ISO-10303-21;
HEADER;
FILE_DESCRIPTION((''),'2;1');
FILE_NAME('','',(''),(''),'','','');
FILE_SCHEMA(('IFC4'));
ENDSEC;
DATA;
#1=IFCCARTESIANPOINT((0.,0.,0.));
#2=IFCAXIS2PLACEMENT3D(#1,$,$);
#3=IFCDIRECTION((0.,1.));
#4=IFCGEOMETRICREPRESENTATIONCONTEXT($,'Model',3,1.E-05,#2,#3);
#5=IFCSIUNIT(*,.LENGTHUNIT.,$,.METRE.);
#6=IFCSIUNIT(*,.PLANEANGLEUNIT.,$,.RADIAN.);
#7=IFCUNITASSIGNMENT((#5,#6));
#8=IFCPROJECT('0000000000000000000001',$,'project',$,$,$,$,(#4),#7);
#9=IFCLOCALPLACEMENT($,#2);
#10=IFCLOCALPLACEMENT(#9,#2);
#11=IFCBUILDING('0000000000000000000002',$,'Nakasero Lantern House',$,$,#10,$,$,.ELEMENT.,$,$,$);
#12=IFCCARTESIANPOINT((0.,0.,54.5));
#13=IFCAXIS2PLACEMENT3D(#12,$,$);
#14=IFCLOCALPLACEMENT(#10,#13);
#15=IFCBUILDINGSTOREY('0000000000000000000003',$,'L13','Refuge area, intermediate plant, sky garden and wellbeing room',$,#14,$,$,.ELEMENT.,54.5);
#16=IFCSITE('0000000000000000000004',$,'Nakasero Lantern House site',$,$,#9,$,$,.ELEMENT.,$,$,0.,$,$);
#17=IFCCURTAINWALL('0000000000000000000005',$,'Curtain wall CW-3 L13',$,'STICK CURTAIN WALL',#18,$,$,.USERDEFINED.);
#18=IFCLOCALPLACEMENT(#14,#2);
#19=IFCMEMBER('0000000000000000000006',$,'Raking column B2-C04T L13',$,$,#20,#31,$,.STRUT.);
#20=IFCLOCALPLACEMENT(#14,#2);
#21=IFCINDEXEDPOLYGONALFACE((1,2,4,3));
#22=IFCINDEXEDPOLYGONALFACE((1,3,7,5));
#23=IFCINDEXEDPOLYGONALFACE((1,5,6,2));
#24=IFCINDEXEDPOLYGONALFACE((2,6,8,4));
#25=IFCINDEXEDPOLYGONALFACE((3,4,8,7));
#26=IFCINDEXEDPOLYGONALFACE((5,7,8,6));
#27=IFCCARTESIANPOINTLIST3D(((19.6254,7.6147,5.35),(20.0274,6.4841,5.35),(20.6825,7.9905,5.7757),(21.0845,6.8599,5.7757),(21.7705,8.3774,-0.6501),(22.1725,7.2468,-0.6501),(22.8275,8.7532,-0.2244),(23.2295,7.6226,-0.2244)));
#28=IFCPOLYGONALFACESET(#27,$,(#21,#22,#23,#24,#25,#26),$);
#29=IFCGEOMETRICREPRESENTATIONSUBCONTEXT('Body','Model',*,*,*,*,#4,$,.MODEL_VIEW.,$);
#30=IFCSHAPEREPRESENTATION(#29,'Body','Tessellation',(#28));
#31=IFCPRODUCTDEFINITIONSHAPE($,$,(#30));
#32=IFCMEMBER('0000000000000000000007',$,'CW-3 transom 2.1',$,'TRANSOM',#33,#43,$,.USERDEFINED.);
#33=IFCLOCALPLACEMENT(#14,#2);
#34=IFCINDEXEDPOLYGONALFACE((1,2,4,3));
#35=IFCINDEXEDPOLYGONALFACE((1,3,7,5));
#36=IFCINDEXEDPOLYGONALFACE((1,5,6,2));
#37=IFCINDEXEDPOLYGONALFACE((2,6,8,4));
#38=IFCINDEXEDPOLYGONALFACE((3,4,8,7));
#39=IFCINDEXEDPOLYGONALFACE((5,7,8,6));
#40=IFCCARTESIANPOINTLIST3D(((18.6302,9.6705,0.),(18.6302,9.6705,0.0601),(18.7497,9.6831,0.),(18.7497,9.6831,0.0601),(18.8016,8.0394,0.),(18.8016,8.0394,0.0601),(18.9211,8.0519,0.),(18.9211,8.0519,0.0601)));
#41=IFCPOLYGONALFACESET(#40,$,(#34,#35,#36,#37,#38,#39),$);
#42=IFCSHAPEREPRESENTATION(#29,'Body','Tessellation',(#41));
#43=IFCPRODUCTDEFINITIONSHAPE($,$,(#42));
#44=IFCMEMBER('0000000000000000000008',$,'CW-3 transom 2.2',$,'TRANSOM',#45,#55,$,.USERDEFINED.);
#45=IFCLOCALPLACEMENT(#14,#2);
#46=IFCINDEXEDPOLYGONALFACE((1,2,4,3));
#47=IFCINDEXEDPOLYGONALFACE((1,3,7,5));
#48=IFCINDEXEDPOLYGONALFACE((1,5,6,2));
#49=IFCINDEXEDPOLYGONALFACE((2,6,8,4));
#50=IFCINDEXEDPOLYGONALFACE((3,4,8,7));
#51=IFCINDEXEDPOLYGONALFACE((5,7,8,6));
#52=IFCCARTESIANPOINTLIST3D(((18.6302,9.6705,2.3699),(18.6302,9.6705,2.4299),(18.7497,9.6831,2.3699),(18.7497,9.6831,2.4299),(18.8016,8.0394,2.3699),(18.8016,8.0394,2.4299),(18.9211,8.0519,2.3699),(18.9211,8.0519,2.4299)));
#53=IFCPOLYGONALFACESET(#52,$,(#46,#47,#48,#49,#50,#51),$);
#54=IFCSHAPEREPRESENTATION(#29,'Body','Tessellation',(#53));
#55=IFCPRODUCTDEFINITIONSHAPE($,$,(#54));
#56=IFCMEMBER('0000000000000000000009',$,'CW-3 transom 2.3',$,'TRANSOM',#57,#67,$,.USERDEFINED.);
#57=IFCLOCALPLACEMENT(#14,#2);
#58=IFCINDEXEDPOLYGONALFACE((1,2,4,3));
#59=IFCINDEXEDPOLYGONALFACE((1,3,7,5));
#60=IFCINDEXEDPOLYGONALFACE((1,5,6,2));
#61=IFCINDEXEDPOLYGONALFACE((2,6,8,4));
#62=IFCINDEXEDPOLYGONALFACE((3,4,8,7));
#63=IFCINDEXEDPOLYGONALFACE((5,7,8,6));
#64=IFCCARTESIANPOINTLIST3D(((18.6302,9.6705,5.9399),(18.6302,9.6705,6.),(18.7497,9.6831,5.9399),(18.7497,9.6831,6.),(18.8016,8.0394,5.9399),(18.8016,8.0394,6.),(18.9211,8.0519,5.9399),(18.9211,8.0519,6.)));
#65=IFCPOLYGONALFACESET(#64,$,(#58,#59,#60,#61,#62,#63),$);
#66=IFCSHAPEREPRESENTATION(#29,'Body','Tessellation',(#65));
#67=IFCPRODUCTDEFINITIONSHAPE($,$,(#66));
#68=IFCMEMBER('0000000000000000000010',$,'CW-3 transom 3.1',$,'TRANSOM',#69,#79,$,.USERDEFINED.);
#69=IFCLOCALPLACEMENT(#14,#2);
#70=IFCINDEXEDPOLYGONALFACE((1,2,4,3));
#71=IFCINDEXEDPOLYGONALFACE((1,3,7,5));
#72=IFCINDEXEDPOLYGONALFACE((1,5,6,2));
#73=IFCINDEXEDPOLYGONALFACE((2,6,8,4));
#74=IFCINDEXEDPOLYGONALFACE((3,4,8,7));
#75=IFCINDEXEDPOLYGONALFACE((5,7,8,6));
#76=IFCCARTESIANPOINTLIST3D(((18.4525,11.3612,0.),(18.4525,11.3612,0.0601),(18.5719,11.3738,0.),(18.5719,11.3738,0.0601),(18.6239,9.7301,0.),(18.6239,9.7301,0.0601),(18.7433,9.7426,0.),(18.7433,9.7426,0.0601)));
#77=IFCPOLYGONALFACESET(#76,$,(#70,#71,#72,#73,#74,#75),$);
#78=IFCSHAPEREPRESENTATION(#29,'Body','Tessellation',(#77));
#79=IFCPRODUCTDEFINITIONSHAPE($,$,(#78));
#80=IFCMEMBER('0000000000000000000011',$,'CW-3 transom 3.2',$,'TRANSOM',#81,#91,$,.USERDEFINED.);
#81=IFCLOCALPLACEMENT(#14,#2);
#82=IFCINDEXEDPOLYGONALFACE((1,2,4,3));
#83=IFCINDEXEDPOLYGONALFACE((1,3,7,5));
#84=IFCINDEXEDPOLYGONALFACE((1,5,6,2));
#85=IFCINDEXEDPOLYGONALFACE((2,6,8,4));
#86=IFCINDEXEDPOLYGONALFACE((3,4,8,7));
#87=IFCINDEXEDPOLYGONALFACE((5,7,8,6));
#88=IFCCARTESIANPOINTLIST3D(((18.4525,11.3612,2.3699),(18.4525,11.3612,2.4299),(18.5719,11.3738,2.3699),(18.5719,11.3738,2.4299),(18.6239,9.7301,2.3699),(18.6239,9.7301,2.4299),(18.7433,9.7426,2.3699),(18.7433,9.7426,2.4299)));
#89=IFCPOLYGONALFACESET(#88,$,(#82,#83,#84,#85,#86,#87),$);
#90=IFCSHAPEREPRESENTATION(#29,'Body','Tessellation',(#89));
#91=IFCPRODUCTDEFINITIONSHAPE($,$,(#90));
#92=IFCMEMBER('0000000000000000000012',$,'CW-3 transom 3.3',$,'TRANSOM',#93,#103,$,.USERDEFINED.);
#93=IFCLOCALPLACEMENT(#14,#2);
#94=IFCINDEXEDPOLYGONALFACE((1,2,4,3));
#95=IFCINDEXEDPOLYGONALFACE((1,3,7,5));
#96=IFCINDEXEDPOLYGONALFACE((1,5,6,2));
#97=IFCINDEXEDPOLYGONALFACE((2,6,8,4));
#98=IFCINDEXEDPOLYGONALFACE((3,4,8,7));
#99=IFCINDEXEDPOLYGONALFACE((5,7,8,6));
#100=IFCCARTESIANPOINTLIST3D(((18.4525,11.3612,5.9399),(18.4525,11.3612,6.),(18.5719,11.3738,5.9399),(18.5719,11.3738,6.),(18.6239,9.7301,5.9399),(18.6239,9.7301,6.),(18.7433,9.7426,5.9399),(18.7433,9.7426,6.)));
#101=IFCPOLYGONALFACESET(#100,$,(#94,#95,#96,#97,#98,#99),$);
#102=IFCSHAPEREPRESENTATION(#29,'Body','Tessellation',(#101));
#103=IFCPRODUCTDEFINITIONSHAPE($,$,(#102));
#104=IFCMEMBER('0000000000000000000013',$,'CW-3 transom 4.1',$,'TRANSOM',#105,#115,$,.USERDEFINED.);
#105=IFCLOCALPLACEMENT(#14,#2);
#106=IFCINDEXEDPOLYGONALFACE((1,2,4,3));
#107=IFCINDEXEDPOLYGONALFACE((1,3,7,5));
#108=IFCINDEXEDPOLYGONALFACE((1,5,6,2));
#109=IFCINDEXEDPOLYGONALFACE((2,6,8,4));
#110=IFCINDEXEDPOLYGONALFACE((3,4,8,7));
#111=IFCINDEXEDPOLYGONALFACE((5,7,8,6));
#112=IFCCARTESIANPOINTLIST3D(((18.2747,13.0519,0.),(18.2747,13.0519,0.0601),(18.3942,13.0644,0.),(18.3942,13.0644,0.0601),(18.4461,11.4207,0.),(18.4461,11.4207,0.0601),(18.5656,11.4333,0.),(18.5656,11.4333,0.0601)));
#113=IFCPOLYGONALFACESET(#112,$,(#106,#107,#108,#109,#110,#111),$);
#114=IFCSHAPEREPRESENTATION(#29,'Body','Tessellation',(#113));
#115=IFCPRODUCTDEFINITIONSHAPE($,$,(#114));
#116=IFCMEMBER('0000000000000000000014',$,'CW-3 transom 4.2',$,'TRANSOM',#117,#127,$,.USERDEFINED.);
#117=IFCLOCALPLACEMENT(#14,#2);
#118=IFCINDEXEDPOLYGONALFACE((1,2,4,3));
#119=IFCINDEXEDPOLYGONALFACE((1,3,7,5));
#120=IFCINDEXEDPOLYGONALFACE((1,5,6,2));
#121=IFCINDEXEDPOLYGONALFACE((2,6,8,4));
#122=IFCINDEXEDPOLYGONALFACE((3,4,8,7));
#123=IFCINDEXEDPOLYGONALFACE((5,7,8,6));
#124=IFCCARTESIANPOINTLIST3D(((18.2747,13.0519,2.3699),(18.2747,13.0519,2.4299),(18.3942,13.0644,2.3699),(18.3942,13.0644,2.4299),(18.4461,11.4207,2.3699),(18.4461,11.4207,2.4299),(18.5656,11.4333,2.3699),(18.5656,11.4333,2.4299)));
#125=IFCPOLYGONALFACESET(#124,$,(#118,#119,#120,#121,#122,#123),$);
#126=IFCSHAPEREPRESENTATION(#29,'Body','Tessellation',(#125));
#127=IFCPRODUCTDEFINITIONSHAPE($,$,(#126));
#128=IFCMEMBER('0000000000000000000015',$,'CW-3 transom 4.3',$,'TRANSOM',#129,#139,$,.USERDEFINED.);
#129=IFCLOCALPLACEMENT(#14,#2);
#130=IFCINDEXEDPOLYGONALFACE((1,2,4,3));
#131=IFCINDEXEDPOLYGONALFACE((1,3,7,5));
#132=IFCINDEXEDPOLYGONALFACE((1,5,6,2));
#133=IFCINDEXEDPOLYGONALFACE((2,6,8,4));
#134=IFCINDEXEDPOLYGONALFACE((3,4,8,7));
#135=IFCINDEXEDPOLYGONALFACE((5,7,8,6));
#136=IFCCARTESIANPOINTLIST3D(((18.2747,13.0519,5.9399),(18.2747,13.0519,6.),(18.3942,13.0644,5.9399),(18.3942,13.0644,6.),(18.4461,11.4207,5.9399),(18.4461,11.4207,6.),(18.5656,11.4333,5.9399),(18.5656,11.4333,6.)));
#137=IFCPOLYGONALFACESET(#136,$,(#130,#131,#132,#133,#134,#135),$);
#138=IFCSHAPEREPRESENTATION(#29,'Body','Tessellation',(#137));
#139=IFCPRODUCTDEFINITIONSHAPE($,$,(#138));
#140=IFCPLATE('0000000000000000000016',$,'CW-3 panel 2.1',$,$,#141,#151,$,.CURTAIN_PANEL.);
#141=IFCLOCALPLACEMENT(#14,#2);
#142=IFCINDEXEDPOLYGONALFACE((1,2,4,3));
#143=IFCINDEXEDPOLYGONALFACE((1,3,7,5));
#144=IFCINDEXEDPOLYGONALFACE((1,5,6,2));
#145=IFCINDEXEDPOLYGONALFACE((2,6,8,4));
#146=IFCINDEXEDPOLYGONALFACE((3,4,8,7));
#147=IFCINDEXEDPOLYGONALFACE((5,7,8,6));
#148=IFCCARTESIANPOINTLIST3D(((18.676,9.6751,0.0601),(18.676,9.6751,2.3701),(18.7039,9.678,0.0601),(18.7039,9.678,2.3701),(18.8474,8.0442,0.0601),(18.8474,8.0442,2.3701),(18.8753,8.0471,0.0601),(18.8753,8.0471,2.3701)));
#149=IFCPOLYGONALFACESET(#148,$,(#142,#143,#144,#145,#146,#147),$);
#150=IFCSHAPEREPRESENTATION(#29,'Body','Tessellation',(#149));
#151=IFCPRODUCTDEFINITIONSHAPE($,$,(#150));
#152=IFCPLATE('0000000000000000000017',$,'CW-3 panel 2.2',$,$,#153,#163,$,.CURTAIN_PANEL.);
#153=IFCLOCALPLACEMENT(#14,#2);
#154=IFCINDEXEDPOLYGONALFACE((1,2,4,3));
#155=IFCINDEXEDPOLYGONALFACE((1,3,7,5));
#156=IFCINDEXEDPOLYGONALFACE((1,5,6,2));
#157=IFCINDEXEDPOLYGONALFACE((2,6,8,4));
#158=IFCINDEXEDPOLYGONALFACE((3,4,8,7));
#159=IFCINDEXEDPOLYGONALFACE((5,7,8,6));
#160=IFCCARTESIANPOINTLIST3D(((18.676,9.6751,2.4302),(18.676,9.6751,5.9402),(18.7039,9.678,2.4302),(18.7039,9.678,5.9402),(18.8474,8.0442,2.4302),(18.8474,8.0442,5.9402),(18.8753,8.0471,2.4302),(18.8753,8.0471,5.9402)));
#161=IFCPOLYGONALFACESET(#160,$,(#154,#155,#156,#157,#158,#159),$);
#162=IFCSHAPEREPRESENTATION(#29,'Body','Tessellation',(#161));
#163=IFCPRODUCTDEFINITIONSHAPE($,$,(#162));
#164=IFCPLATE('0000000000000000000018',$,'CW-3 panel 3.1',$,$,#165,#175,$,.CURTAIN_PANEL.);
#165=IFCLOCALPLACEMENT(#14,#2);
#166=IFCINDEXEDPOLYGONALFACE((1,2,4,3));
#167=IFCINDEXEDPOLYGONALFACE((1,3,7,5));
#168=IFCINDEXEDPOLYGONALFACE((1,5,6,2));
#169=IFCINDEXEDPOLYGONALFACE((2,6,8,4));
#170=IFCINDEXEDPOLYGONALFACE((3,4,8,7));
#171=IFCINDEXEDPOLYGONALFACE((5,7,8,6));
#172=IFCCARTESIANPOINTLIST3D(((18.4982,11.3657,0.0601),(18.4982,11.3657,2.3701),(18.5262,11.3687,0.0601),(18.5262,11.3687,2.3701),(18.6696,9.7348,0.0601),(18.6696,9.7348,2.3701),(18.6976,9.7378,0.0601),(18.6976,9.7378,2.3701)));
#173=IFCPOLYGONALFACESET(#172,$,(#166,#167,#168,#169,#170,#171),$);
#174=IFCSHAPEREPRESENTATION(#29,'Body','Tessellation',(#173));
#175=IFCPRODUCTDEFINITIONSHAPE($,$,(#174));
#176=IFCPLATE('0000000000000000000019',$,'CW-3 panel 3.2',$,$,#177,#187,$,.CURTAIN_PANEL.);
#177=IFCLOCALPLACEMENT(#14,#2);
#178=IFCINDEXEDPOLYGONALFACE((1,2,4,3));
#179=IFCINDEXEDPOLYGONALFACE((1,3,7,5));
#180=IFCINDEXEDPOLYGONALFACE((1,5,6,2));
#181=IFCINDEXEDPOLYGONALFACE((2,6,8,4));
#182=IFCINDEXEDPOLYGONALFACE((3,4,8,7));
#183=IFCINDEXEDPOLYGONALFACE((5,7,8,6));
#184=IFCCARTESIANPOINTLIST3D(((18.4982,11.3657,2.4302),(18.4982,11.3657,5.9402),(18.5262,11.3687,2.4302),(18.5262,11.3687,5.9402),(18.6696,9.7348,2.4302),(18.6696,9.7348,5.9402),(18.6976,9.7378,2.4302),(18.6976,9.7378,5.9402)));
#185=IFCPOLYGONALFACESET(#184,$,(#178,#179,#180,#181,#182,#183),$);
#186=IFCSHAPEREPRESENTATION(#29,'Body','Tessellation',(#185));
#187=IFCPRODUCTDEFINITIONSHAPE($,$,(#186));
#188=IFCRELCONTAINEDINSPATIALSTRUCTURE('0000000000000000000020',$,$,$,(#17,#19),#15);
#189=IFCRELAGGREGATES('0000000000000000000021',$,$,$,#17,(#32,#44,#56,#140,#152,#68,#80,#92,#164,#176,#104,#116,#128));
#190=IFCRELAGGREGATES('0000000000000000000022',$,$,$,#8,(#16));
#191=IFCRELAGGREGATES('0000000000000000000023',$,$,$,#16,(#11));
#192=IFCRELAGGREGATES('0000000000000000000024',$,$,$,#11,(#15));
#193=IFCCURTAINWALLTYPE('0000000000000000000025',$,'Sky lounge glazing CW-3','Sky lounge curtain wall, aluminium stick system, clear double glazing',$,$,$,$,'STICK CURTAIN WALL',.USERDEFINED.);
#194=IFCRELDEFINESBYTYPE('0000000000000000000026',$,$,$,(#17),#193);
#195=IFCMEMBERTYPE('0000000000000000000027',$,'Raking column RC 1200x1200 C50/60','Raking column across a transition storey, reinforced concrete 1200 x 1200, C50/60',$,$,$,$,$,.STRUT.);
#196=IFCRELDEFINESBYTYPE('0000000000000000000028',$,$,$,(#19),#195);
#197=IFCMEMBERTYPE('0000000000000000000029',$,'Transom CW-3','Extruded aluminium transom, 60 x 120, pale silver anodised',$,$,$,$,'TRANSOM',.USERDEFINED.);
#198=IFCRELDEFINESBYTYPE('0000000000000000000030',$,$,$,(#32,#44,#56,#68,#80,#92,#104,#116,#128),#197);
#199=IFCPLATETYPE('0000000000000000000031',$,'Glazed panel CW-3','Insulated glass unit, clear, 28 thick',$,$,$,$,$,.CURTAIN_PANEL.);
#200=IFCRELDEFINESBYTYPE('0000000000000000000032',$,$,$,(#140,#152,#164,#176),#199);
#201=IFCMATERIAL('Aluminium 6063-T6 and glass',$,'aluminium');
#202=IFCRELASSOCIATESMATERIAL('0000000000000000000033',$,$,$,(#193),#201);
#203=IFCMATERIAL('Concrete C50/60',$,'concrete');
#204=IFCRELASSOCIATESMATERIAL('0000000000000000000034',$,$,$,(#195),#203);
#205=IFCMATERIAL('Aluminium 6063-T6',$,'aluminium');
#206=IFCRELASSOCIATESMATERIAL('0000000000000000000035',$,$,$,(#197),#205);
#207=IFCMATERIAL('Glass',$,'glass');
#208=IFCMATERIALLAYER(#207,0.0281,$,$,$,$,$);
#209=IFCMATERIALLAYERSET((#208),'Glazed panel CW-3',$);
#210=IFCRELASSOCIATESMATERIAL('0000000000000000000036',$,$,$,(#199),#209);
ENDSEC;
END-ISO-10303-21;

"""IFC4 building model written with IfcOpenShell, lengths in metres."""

from ifc_helpers import new_model, si_unit, direction, frame, origin, origin_2d, place, context, subcontext, project, spatial, rectangle, extrude, material, layer, layer_set, material_profile, profile_set, type_object, element, aggregate, save


model = new_model("IFC4")

# Units and contexts
model_context = context("Model", 3, precision=1e-05, world=origin(), true_north=direction((0.0, 1.0)))
body_context = subcontext(model_context, "Body", "Model", "MODEL_VIEW")
ifc_project = project(units=[si_unit("LENGTHUNIT", "METRE"), si_unit("PLANEANGLEUNIT", "RADIAN")], contexts=[model_context])

# Site, building, storey
site_placement = place(None, origin())
site = spatial("IfcSite", under=ifc_project, at=site_placement, Name="Nakasero Lantern House site", CompositionType="ELEMENT", RefElevation=0.0)
building_placement = place(site_placement, origin())
building = spatial("IfcBuilding", under=site, at=building_placement, Name="Nakasero Lantern House", CompositionType="ELEMENT")
storey_placement = place(building_placement, frame((0.0, 0.0, 54.5)))
storey = spatial("IfcBuildingStorey", under=building, at=storey_placement, Name="L13", Description="Refuge area, intermediate plant, sky garden and wellbeing room", CompositionType="ELEMENT", Elevation=54.5)

# Curtain wall
ifc_material_1 = material(Name="Aluminium 6063-T6 and glass", Category="aluminium")
curtain_wall_type = type_object("IfcCurtainWallType", Name="Sky lounge glazing CW-3", Description="Sky lounge curtain wall, aluminium stick system, clear double glazing", ElementType="STICK CURTAIN WALL", PredefinedType="USERDEFINED", material=ifc_material_1)
curtain_wall_placement = place(storey_placement, origin())
curtain_wall = element("IfcCurtainWall", 1, at=curtain_wall_placement, inside=storey, type_object=curtain_wall_type, Name="Curtain wall CW-3 L13", ObjectType="STICK CURTAIN WALL", PredefinedType="USERDEFINED")

# Members
ifc_material_2 = material(Name="Concrete C50/60", Category="concrete")
ifc_material_profile_1 = material_profile(ifc_material_2, rectangle(XDim=1.2, YDim=1.2, at=origin_2d()), Name="RC 1200x1200")
ifc_profile_set_1 = profile_set([ifc_material_profile_1], Name="Concrete C50/60")
member_type_1 = type_object("IfcMemberType", Name="Raking column RC 1200x1200 C50/60", Description="Raking column across a transition storey, reinforced concrete 1200 x 1200, C50/60", PredefinedType="STRUT", material=ifc_profile_set_1)
member_1_placement = place(storey_placement, frame((22.5, 8.0, -0.4373), z_axis=(-0.334251, -0.118848, 0.93496), x_axis=(0.335018, -0.942212, 0.0)))
element("IfcMember", 2, at=member_1_placement, inside=storey, type_object=member_type_1, Name="Raking column B2-C04T L13", PredefinedType="STRUT", context=body_context, shape_type="SweptSolid", body=[
    extrude(rectangle(XDim=1.2, YDim=1.2, at=origin_2d()), origin(), (0.0, 0.0, 1.0), 6.4175),
])
ifc_material_3 = material(Name="Aluminium 6063-T6", Category="aluminium")
ifc_material_profile_2 = material_profile(ifc_material_3, rectangle(XDim=0.0601, YDim=0.1201, at=origin_2d()), Name="CW-3 transom 60x120")
ifc_profile_set_2 = profile_set([ifc_material_profile_2], Name="Aluminium 6063-T6")
member_type_2 = type_object("IfcMemberType", Name="Transom CW-3", Description="Extruded aluminium transom, 60 x 120, pale silver anodised", ElementType="TRANSOM", PredefinedType="USERDEFINED", material=ifc_profile_set_2)
member_2_placement = place(storey_placement, frame((18.8613, 8.0457, 0.03), z_axis=(-0.104499, 0.994525, 0.0), x_axis=(0.0, 0.0, 1.0)))
member_2 = element("IfcMember", 3, at=member_2_placement, type_object=member_type_2, Name="CW-3 transom 2.1", ObjectType="TRANSOM", PredefinedType="USERDEFINED", context=body_context, shape_type="SweptSolid", body=[
    extrude(rectangle(XDim=0.0601, YDim=0.1201, at=origin_2d()), origin(), (0.0, 0.0, 1.0), 1.6401),
])
member_3_placement = place(storey_placement, frame((18.8613, 8.0457, 2.3999), z_axis=(-0.104499, 0.994525, 0.0), x_axis=(0.0, 0.0, 1.0)))
member_3 = element("IfcMember", 4, at=member_3_placement, type_object=member_type_2, Name="CW-3 transom 2.2", ObjectType="TRANSOM", PredefinedType="USERDEFINED", context=body_context, shape_type="SweptSolid", body=[
    extrude(rectangle(XDim=0.0601, YDim=0.1201, at=origin_2d()), origin(), (0.0, 0.0, 1.0), 1.6401),
])
member_4_placement = place(storey_placement, frame((18.8613, 8.0457, 5.97), z_axis=(-0.104499, 0.994525, 0.0), x_axis=(0.0, 0.0, 1.0)))
member_4 = element("IfcMember", 5, at=member_4_placement, type_object=member_type_2, Name="CW-3 transom 2.3", ObjectType="TRANSOM", PredefinedType="USERDEFINED", context=body_context, shape_type="SweptSolid", body=[
    extrude(rectangle(XDim=0.0601, YDim=0.1201, at=origin_2d()), origin(), (0.0, 0.0, 1.0), 1.6401),
])
member_5_placement = place(storey_placement, frame((18.6836, 9.7363, 0.03), z_axis=(-0.104499, 0.994525, 0.0), x_axis=(0.0, 0.0, 1.0)))
member_5 = element("IfcMember", 6, at=member_5_placement, type_object=member_type_2, Name="CW-3 transom 3.1", ObjectType="TRANSOM", PredefinedType="USERDEFINED", context=body_context, shape_type="SweptSolid", body=[
    extrude(rectangle(XDim=0.0601, YDim=0.1201, at=origin_2d()), origin(), (0.0, 0.0, 1.0), 1.6401),
])
member_6_placement = place(storey_placement, frame((18.6836, 9.7363, 2.3999), z_axis=(-0.104499, 0.994525, 0.0), x_axis=(0.0, 0.0, 1.0)))
member_6 = element("IfcMember", 7, at=member_6_placement, type_object=member_type_2, Name="CW-3 transom 3.2", ObjectType="TRANSOM", PredefinedType="USERDEFINED", context=body_context, shape_type="SweptSolid", body=[
    extrude(rectangle(XDim=0.0601, YDim=0.1201, at=origin_2d()), origin(), (0.0, 0.0, 1.0), 1.6401),
])
member_7_placement = place(storey_placement, frame((18.6836, 9.7363, 5.97), z_axis=(-0.104499, 0.994525, 0.0), x_axis=(0.0, 0.0, 1.0)))
member_7 = element("IfcMember", 8, at=member_7_placement, type_object=member_type_2, Name="CW-3 transom 3.3", ObjectType="TRANSOM", PredefinedType="USERDEFINED", context=body_context, shape_type="SweptSolid", body=[
    extrude(rectangle(XDim=0.0601, YDim=0.1201, at=origin_2d()), origin(), (0.0, 0.0, 1.0), 1.6401),
])
member_8_placement = place(storey_placement, frame((18.5059, 11.427, 0.03), z_axis=(-0.104499, 0.994525, 0.0), x_axis=(0.0, 0.0, 1.0)))
member_8 = element("IfcMember", 9, at=member_8_placement, type_object=member_type_2, Name="CW-3 transom 4.1", ObjectType="TRANSOM", PredefinedType="USERDEFINED", context=body_context, shape_type="SweptSolid", body=[
    extrude(rectangle(XDim=0.0601, YDim=0.1201, at=origin_2d()), origin(), (0.0, 0.0, 1.0), 1.6401),
])
member_9_placement = place(storey_placement, frame((18.5059, 11.427, 2.3999), z_axis=(-0.104499, 0.994525, 0.0), x_axis=(0.0, 0.0, 1.0)))
member_9 = element("IfcMember", 10, at=member_9_placement, type_object=member_type_2, Name="CW-3 transom 4.2", ObjectType="TRANSOM", PredefinedType="USERDEFINED", context=body_context, shape_type="SweptSolid", body=[
    extrude(rectangle(XDim=0.0601, YDim=0.1201, at=origin_2d()), origin(), (0.0, 0.0, 1.0), 1.6401),
])
member_10_placement = place(storey_placement, frame((18.5059, 11.427, 5.97), z_axis=(-0.104499, 0.994525, 0.0), x_axis=(0.0, 0.0, 1.0)))
member_10 = element("IfcMember", 11, at=member_10_placement, type_object=member_type_2, Name="CW-3 transom 4.3", ObjectType="TRANSOM", PredefinedType="USERDEFINED", context=body_context, shape_type="SweptSolid", body=[
    extrude(rectangle(XDim=0.0601, YDim=0.1201, at=origin_2d()), origin(), (0.0, 0.0, 1.0), 1.6401),
])

# Plates
ifc_material_4 = material(Name="Glass", Category="glass")
ifc_layer_1 = layer(ifc_material_4, 0.0281)
ifc_layer_set_1 = layer_set([ifc_layer_1], Name="Glazed panel CW-3")
plate_type_1 = type_object("IfcPlateType", Name="Glazed panel CW-3", Description="Insulated glass unit, clear, 28 thick", PredefinedType="CURTAIN_PANEL", material=ifc_layer_set_1)
plate_1_placement = place(storey_placement, frame((18.7756, 8.8611, 0.0601), z_axis=(0.0, 0.0, 1.0), x_axis=(-0.104528, 0.994522, 0.0)))
plate_1 = element("IfcPlate", 12, at=plate_1_placement, type_object=plate_type_1, Name="CW-3 panel 2.1", PredefinedType="CURTAIN_PANEL", context=body_context, shape_type="SweptSolid", body=[
    extrude(rectangle(XDim=1.6399, YDim=0.0281, at=origin_2d()), origin(), (0.0, 0.0, 1.0), 2.3101),
])
plate_2_placement = place(storey_placement, frame((18.7756, 8.8611, 2.4302), z_axis=(0.0, 0.0, 1.0), x_axis=(-0.104528, 0.994522, 0.0)))
plate_2 = element("IfcPlate", 13, at=plate_2_placement, type_object=plate_type_1, Name="CW-3 panel 2.2", PredefinedType="CURTAIN_PANEL", context=body_context, shape_type="SweptSolid", body=[
    extrude(rectangle(XDim=1.6399, YDim=0.0281, at=origin_2d()), origin(), (0.0, 0.0, 1.0), 3.51),
])
plate_3_placement = place(storey_placement, frame((18.5979, 10.5518, 0.0601), z_axis=(0.0, 0.0, 1.0), x_axis=(-0.104528, 0.994522, 0.0)))
plate_3 = element("IfcPlate", 14, at=plate_3_placement, type_object=plate_type_1, Name="CW-3 panel 3.1", PredefinedType="CURTAIN_PANEL", context=body_context, shape_type="SweptSolid", body=[
    extrude(rectangle(XDim=1.6399, YDim=0.0281, at=origin_2d()), origin(), (0.0, 0.0, 1.0), 2.3101),
])
plate_4_placement = place(storey_placement, frame((18.5979, 10.5518, 2.4302), z_axis=(0.0, 0.0, 1.0), x_axis=(-0.104528, 0.994522, 0.0)))
plate_4 = element("IfcPlate", 15, at=plate_4_placement, type_object=plate_type_1, Name="CW-3 panel 3.2", PredefinedType="CURTAIN_PANEL", context=body_context, shape_type="SweptSolid", body=[
    extrude(rectangle(XDim=1.6399, YDim=0.0281, at=origin_2d()), origin(), (0.0, 0.0, 1.0), 3.51),
])
aggregate(curtain_wall, [member_2, member_3, member_4, plate_1, plate_2, member_5, member_6, member_7, plate_3, plate_4, member_8, member_9, member_10])

save(model, "model.ifc")
